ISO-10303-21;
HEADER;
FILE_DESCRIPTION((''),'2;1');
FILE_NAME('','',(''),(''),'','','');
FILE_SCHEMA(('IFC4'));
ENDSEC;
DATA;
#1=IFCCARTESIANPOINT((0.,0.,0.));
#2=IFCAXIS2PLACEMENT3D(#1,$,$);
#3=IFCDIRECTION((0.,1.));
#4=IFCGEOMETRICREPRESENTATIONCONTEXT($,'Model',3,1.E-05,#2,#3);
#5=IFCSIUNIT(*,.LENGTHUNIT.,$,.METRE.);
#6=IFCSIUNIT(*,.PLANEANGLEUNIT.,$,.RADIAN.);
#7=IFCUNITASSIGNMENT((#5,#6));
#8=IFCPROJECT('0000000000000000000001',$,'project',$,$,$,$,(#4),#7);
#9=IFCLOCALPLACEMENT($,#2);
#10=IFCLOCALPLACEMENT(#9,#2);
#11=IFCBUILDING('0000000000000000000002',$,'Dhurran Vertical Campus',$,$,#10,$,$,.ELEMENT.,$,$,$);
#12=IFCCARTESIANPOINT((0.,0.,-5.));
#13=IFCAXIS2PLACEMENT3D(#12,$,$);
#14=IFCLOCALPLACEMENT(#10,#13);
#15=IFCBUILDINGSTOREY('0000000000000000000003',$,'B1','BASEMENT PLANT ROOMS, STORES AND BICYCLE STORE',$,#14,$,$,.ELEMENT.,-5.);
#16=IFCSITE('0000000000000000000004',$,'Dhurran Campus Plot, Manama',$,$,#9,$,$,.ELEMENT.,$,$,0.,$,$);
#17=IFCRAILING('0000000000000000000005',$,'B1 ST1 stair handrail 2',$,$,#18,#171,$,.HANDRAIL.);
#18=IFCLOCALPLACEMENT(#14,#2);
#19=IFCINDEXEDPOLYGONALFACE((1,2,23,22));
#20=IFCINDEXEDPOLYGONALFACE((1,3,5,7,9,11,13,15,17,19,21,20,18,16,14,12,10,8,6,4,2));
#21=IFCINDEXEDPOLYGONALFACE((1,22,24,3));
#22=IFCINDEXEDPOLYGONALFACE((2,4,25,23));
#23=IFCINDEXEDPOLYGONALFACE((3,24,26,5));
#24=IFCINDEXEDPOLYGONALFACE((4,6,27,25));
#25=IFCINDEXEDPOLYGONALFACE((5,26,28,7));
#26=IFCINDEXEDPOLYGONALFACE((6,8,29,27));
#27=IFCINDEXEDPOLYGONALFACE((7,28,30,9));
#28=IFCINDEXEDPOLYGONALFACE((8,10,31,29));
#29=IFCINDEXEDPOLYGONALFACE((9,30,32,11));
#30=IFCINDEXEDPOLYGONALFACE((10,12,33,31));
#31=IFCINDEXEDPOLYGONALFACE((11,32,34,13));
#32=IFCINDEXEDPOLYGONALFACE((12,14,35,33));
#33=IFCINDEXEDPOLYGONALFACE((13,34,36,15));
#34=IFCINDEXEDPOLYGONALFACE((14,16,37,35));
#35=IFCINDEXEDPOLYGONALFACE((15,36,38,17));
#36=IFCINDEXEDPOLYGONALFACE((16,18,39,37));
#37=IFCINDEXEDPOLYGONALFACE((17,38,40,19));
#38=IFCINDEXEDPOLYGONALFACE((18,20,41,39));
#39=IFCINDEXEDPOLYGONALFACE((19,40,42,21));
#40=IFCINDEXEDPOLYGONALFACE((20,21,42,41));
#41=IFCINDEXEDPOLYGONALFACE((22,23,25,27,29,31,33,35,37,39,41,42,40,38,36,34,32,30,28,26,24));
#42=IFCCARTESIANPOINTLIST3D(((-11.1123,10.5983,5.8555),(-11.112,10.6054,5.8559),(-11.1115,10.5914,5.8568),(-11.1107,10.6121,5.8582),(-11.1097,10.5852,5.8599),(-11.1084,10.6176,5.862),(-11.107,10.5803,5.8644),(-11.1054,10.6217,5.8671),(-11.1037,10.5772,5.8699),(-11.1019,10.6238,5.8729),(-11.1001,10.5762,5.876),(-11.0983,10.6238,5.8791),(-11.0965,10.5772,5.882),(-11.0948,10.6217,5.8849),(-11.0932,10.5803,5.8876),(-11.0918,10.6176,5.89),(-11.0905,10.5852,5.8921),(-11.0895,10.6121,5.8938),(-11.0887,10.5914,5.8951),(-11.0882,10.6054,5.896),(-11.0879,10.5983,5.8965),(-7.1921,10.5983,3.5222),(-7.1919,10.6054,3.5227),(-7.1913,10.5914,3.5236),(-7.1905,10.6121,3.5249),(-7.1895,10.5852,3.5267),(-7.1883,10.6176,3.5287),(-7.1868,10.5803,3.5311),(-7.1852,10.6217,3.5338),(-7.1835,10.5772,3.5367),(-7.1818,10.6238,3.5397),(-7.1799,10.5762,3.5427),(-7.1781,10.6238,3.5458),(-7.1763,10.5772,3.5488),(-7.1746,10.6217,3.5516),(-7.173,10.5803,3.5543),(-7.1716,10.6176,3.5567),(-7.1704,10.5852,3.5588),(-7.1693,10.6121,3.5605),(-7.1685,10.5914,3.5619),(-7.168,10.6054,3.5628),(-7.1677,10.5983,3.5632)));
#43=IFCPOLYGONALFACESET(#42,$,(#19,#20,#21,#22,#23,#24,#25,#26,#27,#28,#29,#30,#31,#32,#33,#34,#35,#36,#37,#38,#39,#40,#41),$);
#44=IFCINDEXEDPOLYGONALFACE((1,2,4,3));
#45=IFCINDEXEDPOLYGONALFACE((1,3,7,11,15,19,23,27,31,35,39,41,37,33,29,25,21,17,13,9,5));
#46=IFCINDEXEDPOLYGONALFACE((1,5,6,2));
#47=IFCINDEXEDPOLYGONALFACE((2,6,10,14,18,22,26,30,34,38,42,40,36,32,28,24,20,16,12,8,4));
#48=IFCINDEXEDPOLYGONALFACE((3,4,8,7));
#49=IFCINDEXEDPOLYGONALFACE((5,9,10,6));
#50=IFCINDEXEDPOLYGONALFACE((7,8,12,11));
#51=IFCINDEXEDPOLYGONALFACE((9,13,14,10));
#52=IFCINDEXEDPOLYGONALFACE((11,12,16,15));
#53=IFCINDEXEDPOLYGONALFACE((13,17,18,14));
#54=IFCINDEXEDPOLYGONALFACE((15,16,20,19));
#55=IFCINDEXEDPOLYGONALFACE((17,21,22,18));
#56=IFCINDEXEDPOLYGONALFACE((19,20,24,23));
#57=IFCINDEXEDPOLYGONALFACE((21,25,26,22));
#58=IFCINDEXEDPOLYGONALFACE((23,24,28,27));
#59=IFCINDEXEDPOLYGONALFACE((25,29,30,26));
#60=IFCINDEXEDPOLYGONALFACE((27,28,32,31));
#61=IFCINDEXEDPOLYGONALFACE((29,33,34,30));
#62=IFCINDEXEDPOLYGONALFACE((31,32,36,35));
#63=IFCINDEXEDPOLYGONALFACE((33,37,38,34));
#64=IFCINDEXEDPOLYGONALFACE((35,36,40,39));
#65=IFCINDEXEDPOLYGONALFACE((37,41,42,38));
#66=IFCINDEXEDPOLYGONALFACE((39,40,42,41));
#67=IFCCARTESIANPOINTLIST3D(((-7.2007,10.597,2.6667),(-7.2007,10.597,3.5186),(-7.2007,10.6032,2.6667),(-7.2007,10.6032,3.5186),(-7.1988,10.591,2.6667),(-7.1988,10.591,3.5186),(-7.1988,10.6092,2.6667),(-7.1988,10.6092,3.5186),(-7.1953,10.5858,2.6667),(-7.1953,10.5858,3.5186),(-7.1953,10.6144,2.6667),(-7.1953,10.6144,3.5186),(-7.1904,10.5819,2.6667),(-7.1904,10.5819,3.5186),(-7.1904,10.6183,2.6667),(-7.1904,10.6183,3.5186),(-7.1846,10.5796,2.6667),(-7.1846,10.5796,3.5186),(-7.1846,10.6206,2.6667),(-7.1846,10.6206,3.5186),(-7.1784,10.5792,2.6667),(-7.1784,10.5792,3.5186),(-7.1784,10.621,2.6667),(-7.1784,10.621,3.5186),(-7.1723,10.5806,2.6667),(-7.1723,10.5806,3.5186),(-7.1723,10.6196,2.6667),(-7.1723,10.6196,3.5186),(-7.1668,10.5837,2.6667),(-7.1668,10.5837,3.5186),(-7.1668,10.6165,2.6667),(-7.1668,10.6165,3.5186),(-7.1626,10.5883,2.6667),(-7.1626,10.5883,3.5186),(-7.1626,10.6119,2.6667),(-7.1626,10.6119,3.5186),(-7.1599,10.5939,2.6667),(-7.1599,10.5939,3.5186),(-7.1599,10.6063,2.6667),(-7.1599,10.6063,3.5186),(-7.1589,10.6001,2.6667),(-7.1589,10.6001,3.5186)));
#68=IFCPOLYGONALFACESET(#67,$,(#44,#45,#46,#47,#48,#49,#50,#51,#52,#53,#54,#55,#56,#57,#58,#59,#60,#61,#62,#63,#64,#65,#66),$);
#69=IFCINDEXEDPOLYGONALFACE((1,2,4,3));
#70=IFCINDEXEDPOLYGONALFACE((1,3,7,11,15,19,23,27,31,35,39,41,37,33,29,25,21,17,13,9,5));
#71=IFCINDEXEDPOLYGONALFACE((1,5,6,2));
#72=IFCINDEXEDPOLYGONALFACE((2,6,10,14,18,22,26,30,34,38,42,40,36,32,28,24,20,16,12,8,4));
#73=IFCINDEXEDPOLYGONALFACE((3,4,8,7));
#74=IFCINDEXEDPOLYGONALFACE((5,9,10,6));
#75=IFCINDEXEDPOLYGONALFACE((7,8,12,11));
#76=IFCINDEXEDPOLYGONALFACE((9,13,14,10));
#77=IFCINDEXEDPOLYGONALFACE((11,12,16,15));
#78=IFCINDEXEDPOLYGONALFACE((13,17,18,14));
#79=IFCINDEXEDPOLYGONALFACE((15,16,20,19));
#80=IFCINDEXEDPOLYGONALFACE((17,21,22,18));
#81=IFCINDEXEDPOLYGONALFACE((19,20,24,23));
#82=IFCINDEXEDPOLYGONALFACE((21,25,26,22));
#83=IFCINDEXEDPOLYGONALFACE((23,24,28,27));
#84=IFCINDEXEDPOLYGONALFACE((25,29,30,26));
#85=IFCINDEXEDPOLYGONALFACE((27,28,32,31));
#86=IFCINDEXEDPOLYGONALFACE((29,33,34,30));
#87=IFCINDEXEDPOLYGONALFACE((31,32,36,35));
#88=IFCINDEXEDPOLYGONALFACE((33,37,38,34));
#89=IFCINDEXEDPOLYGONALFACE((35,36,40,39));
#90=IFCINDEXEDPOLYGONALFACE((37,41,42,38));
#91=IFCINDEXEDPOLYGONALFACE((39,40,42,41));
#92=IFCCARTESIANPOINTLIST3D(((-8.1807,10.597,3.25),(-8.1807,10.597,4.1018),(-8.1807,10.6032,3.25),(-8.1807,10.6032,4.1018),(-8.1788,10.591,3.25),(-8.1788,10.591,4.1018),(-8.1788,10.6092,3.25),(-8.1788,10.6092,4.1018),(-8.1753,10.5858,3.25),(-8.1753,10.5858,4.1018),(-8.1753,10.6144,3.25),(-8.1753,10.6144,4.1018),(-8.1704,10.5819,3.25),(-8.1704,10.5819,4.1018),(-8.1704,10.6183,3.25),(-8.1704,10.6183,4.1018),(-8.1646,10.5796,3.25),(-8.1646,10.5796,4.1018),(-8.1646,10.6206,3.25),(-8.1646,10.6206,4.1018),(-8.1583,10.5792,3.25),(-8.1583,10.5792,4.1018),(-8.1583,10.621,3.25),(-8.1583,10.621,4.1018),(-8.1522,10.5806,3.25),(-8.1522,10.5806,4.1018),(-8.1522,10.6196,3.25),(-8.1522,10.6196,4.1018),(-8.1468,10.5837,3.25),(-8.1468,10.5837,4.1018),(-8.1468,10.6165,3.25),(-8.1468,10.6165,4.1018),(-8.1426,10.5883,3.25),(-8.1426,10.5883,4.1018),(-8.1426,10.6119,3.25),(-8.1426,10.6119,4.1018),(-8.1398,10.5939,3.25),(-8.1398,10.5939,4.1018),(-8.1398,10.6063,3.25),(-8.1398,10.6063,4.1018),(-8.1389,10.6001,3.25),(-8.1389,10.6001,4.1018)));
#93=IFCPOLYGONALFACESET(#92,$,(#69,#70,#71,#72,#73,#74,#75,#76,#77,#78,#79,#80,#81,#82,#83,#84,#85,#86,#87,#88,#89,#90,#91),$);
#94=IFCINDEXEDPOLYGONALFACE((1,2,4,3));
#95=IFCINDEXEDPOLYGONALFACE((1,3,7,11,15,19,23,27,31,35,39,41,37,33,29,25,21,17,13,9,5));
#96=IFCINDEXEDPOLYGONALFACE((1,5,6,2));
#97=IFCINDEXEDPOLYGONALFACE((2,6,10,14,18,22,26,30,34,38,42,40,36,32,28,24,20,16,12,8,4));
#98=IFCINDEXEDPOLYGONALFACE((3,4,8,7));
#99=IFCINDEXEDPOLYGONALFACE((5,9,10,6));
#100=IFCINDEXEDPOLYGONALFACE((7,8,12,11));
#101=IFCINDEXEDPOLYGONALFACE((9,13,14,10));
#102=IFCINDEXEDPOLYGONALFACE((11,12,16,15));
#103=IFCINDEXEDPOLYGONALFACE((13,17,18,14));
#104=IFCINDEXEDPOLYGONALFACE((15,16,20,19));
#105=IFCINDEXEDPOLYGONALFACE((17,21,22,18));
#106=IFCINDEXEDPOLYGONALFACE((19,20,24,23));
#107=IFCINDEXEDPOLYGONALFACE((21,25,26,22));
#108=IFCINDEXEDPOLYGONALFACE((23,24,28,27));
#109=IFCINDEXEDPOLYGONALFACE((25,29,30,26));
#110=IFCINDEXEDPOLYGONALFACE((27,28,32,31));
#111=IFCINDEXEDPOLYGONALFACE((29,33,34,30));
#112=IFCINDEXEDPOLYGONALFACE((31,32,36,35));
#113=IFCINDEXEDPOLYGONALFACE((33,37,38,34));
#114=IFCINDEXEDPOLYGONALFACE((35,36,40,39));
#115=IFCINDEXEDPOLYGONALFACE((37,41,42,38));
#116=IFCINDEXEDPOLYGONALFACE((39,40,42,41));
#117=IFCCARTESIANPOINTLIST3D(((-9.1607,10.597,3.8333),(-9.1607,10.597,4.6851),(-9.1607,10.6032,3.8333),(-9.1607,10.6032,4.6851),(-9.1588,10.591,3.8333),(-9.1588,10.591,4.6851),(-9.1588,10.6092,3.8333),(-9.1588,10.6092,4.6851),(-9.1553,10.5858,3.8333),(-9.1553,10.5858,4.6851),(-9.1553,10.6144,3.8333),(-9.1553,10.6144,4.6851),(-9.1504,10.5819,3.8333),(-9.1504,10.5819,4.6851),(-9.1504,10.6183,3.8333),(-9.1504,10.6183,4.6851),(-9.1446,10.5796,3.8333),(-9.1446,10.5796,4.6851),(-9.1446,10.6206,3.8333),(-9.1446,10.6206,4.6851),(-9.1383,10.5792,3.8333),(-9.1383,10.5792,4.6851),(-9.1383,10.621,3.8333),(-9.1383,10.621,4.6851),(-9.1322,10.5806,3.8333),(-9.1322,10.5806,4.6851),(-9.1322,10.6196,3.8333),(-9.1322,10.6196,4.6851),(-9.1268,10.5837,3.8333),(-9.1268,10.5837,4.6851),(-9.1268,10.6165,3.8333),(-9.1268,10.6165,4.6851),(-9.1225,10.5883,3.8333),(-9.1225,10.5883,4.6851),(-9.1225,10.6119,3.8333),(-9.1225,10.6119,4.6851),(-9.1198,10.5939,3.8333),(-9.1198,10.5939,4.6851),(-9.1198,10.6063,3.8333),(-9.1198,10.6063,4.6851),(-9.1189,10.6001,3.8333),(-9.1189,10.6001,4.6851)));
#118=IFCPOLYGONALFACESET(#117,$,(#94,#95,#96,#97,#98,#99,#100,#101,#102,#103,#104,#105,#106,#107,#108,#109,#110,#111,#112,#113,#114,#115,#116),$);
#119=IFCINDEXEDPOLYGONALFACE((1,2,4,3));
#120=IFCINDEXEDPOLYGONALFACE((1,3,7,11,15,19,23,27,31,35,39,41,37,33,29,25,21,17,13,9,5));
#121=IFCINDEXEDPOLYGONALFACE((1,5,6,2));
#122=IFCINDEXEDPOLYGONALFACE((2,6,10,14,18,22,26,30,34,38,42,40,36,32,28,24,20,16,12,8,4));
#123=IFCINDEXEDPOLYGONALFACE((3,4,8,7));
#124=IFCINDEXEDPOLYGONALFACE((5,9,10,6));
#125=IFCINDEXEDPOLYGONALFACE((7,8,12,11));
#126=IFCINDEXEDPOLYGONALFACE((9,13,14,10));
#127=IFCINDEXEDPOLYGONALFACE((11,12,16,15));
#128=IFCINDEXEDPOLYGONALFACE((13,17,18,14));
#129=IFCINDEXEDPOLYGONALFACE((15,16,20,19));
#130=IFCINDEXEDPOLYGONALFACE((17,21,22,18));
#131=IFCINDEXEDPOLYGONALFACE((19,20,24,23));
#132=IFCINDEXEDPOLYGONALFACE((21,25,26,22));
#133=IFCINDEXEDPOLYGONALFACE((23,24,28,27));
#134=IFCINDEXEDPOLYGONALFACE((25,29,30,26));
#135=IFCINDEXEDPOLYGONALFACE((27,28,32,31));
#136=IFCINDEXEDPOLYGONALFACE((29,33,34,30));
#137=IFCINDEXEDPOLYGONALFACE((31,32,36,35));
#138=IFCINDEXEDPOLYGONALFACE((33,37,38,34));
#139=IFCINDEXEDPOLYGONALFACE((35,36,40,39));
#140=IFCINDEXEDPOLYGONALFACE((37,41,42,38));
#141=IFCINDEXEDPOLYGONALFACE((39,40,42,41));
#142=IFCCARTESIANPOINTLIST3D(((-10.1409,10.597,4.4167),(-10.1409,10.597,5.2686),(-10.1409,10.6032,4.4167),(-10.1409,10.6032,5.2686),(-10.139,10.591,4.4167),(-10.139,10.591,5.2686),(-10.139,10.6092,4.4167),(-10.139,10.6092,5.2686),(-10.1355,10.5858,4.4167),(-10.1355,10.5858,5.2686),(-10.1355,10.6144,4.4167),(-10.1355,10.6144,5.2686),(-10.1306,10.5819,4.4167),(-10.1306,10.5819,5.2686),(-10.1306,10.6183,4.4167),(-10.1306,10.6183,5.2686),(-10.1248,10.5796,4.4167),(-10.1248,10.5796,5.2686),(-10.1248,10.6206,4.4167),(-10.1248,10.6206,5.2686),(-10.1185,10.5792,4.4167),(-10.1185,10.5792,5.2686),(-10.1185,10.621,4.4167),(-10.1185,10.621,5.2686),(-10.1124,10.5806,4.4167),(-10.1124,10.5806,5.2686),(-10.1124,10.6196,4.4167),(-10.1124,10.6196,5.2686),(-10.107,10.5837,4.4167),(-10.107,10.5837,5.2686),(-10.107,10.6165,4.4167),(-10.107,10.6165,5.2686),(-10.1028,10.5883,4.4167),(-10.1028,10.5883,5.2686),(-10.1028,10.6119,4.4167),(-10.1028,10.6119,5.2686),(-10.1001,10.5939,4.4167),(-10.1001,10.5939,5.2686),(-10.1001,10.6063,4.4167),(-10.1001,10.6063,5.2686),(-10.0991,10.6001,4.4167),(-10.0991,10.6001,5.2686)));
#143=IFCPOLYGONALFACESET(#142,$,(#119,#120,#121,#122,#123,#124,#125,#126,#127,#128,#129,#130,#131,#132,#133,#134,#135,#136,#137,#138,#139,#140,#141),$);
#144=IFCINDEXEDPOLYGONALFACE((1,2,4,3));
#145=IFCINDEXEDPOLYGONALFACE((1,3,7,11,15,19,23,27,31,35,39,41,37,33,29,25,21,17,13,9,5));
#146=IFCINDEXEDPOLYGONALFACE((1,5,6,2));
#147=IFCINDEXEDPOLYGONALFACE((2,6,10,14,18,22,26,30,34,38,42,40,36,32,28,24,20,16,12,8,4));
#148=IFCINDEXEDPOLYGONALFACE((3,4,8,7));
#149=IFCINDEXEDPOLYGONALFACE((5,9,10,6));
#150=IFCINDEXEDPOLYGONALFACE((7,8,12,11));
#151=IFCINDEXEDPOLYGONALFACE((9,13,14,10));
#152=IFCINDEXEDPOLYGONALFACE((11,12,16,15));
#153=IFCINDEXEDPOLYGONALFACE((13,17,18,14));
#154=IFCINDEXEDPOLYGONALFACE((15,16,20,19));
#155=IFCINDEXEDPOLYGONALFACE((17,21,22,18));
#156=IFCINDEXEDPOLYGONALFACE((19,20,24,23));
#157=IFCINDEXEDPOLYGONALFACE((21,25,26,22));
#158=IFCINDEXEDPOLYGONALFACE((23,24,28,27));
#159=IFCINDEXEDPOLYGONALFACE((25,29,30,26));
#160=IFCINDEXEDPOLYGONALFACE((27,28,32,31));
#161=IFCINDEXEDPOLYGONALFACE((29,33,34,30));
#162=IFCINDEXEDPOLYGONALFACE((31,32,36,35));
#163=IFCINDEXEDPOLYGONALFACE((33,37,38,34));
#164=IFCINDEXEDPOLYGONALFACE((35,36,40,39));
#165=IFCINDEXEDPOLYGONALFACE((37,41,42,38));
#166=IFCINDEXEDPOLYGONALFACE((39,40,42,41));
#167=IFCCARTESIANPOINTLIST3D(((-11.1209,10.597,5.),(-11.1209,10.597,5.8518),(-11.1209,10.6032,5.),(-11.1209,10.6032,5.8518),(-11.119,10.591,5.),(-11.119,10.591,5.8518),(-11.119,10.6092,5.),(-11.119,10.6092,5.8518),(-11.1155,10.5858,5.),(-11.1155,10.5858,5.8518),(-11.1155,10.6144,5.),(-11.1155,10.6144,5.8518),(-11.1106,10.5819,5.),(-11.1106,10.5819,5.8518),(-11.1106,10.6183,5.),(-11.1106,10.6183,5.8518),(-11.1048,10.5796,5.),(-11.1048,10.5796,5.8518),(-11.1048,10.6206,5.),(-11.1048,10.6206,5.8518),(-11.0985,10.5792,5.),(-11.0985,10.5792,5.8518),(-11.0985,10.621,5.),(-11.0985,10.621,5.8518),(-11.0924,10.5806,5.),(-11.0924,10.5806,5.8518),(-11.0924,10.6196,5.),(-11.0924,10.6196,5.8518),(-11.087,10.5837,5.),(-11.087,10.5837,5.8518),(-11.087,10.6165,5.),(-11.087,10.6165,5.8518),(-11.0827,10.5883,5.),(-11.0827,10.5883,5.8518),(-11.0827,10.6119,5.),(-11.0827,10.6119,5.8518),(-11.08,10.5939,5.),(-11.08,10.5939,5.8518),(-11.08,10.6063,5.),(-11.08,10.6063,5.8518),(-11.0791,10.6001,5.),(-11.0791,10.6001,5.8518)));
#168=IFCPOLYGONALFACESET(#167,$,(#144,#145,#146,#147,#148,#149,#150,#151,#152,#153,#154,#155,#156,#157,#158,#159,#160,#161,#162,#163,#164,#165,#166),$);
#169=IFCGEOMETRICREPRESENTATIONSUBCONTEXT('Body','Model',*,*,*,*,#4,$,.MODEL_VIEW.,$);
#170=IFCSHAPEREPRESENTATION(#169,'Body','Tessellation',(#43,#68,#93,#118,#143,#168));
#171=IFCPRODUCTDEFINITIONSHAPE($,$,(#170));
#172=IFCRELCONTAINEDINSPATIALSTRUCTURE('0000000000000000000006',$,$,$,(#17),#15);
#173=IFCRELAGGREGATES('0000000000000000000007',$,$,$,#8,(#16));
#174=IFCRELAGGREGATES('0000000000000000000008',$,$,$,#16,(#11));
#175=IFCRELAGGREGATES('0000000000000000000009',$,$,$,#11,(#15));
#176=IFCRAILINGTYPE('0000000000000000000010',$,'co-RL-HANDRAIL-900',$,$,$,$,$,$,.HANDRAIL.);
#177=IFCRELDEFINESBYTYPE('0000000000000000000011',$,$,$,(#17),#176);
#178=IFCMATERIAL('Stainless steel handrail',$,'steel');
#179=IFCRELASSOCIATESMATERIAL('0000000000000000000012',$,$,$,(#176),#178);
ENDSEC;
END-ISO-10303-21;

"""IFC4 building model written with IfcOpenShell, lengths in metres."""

from ifc_helpers import new_model, si_unit, direction, frame, origin, origin_2d, place, context, subcontext, project, spatial, circle, extrude, material, type_object, element, save


model = new_model("IFC4")

# Units and contexts
model_context = context("Model", 3, precision=1e-05, world=origin(), true_north=direction((0.0, 1.0)))
body_context = subcontext(model_context, "Body", "Model", "MODEL_VIEW")
ifc_project = project(units=[si_unit("LENGTHUNIT", "METRE"), si_unit("PLANEANGLEUNIT", "RADIAN")], contexts=[model_context])

# Site, building, storey
site_placement = place(None, origin())
site = spatial("IfcSite", under=ifc_project, at=site_placement, Name="Dhurran Campus Plot, Manama", CompositionType="ELEMENT", RefElevation=0.0)
building_placement = place(site_placement, origin())
building = spatial("IfcBuilding", under=site, at=building_placement, Name="Dhurran Vertical Campus", CompositionType="ELEMENT")
storey_placement = place(building_placement, frame((0.0, 0.0, -5.0)))
storey = spatial("IfcBuildingStorey", under=building, at=storey_placement, Name="B1", Description="BASEMENT PLANT ROOMS, STORES AND BICYCLE STORE", CompositionType="ELEMENT", Elevation=-5.0)

# Railing
ifc_material_1 = material(Name="Stainless steel handrail", Category="steel")
railing_type_1 = type_object("IfcRailingType", Name="co-RL-HANDRAIL-900", PredefinedType="HANDRAIL", material=ifc_material_1)
railing_1_placement = place(storey_placement, frame((-7.1799, 10.6001, 2.6667)))
element("IfcRailing", 1, at=railing_1_placement, inside=storey, type_object=railing_type_1, Name="B1 ST1 stair handrail 2", PredefinedType="HANDRAIL", context=body_context, shape_type="SweptSolid", body=[
    extrude(circle(Radius=0.0239, at=origin_2d()), frame((0.0, 0.0, 0.876), z_axis=(-0.85931, 0.0, 0.511455), x_axis=(0.0, -1.0, 0.0)), (0.0, 0.0, 1.0), 4.562),
    extrude(circle(Radius=0.021, at=origin_2d()), origin(), (0.0, 0.0, 1.0), 0.8518),
    extrude(circle(Radius=0.021, at=origin_2d()), frame((-0.98, 0.0, 0.5833)), (0.0, 0.0, 1.0), 0.8518),
    extrude(circle(Radius=0.021, at=origin_2d()), frame((-1.96, 0.0, 1.1665)), (0.0, 0.0, 1.0), 0.8518),
    extrude(circle(Radius=0.021, at=origin_2d()), frame((-2.9402, 0.0, 1.75)), (0.0, 0.0, 1.0), 0.8518),
    extrude(circle(Radius=0.021, at=origin_2d()), frame((-3.9202, 0.0, 2.3333)), (0.0, 0.0, 1.0), 0.8518),
])

save(model, "model.ifc")
